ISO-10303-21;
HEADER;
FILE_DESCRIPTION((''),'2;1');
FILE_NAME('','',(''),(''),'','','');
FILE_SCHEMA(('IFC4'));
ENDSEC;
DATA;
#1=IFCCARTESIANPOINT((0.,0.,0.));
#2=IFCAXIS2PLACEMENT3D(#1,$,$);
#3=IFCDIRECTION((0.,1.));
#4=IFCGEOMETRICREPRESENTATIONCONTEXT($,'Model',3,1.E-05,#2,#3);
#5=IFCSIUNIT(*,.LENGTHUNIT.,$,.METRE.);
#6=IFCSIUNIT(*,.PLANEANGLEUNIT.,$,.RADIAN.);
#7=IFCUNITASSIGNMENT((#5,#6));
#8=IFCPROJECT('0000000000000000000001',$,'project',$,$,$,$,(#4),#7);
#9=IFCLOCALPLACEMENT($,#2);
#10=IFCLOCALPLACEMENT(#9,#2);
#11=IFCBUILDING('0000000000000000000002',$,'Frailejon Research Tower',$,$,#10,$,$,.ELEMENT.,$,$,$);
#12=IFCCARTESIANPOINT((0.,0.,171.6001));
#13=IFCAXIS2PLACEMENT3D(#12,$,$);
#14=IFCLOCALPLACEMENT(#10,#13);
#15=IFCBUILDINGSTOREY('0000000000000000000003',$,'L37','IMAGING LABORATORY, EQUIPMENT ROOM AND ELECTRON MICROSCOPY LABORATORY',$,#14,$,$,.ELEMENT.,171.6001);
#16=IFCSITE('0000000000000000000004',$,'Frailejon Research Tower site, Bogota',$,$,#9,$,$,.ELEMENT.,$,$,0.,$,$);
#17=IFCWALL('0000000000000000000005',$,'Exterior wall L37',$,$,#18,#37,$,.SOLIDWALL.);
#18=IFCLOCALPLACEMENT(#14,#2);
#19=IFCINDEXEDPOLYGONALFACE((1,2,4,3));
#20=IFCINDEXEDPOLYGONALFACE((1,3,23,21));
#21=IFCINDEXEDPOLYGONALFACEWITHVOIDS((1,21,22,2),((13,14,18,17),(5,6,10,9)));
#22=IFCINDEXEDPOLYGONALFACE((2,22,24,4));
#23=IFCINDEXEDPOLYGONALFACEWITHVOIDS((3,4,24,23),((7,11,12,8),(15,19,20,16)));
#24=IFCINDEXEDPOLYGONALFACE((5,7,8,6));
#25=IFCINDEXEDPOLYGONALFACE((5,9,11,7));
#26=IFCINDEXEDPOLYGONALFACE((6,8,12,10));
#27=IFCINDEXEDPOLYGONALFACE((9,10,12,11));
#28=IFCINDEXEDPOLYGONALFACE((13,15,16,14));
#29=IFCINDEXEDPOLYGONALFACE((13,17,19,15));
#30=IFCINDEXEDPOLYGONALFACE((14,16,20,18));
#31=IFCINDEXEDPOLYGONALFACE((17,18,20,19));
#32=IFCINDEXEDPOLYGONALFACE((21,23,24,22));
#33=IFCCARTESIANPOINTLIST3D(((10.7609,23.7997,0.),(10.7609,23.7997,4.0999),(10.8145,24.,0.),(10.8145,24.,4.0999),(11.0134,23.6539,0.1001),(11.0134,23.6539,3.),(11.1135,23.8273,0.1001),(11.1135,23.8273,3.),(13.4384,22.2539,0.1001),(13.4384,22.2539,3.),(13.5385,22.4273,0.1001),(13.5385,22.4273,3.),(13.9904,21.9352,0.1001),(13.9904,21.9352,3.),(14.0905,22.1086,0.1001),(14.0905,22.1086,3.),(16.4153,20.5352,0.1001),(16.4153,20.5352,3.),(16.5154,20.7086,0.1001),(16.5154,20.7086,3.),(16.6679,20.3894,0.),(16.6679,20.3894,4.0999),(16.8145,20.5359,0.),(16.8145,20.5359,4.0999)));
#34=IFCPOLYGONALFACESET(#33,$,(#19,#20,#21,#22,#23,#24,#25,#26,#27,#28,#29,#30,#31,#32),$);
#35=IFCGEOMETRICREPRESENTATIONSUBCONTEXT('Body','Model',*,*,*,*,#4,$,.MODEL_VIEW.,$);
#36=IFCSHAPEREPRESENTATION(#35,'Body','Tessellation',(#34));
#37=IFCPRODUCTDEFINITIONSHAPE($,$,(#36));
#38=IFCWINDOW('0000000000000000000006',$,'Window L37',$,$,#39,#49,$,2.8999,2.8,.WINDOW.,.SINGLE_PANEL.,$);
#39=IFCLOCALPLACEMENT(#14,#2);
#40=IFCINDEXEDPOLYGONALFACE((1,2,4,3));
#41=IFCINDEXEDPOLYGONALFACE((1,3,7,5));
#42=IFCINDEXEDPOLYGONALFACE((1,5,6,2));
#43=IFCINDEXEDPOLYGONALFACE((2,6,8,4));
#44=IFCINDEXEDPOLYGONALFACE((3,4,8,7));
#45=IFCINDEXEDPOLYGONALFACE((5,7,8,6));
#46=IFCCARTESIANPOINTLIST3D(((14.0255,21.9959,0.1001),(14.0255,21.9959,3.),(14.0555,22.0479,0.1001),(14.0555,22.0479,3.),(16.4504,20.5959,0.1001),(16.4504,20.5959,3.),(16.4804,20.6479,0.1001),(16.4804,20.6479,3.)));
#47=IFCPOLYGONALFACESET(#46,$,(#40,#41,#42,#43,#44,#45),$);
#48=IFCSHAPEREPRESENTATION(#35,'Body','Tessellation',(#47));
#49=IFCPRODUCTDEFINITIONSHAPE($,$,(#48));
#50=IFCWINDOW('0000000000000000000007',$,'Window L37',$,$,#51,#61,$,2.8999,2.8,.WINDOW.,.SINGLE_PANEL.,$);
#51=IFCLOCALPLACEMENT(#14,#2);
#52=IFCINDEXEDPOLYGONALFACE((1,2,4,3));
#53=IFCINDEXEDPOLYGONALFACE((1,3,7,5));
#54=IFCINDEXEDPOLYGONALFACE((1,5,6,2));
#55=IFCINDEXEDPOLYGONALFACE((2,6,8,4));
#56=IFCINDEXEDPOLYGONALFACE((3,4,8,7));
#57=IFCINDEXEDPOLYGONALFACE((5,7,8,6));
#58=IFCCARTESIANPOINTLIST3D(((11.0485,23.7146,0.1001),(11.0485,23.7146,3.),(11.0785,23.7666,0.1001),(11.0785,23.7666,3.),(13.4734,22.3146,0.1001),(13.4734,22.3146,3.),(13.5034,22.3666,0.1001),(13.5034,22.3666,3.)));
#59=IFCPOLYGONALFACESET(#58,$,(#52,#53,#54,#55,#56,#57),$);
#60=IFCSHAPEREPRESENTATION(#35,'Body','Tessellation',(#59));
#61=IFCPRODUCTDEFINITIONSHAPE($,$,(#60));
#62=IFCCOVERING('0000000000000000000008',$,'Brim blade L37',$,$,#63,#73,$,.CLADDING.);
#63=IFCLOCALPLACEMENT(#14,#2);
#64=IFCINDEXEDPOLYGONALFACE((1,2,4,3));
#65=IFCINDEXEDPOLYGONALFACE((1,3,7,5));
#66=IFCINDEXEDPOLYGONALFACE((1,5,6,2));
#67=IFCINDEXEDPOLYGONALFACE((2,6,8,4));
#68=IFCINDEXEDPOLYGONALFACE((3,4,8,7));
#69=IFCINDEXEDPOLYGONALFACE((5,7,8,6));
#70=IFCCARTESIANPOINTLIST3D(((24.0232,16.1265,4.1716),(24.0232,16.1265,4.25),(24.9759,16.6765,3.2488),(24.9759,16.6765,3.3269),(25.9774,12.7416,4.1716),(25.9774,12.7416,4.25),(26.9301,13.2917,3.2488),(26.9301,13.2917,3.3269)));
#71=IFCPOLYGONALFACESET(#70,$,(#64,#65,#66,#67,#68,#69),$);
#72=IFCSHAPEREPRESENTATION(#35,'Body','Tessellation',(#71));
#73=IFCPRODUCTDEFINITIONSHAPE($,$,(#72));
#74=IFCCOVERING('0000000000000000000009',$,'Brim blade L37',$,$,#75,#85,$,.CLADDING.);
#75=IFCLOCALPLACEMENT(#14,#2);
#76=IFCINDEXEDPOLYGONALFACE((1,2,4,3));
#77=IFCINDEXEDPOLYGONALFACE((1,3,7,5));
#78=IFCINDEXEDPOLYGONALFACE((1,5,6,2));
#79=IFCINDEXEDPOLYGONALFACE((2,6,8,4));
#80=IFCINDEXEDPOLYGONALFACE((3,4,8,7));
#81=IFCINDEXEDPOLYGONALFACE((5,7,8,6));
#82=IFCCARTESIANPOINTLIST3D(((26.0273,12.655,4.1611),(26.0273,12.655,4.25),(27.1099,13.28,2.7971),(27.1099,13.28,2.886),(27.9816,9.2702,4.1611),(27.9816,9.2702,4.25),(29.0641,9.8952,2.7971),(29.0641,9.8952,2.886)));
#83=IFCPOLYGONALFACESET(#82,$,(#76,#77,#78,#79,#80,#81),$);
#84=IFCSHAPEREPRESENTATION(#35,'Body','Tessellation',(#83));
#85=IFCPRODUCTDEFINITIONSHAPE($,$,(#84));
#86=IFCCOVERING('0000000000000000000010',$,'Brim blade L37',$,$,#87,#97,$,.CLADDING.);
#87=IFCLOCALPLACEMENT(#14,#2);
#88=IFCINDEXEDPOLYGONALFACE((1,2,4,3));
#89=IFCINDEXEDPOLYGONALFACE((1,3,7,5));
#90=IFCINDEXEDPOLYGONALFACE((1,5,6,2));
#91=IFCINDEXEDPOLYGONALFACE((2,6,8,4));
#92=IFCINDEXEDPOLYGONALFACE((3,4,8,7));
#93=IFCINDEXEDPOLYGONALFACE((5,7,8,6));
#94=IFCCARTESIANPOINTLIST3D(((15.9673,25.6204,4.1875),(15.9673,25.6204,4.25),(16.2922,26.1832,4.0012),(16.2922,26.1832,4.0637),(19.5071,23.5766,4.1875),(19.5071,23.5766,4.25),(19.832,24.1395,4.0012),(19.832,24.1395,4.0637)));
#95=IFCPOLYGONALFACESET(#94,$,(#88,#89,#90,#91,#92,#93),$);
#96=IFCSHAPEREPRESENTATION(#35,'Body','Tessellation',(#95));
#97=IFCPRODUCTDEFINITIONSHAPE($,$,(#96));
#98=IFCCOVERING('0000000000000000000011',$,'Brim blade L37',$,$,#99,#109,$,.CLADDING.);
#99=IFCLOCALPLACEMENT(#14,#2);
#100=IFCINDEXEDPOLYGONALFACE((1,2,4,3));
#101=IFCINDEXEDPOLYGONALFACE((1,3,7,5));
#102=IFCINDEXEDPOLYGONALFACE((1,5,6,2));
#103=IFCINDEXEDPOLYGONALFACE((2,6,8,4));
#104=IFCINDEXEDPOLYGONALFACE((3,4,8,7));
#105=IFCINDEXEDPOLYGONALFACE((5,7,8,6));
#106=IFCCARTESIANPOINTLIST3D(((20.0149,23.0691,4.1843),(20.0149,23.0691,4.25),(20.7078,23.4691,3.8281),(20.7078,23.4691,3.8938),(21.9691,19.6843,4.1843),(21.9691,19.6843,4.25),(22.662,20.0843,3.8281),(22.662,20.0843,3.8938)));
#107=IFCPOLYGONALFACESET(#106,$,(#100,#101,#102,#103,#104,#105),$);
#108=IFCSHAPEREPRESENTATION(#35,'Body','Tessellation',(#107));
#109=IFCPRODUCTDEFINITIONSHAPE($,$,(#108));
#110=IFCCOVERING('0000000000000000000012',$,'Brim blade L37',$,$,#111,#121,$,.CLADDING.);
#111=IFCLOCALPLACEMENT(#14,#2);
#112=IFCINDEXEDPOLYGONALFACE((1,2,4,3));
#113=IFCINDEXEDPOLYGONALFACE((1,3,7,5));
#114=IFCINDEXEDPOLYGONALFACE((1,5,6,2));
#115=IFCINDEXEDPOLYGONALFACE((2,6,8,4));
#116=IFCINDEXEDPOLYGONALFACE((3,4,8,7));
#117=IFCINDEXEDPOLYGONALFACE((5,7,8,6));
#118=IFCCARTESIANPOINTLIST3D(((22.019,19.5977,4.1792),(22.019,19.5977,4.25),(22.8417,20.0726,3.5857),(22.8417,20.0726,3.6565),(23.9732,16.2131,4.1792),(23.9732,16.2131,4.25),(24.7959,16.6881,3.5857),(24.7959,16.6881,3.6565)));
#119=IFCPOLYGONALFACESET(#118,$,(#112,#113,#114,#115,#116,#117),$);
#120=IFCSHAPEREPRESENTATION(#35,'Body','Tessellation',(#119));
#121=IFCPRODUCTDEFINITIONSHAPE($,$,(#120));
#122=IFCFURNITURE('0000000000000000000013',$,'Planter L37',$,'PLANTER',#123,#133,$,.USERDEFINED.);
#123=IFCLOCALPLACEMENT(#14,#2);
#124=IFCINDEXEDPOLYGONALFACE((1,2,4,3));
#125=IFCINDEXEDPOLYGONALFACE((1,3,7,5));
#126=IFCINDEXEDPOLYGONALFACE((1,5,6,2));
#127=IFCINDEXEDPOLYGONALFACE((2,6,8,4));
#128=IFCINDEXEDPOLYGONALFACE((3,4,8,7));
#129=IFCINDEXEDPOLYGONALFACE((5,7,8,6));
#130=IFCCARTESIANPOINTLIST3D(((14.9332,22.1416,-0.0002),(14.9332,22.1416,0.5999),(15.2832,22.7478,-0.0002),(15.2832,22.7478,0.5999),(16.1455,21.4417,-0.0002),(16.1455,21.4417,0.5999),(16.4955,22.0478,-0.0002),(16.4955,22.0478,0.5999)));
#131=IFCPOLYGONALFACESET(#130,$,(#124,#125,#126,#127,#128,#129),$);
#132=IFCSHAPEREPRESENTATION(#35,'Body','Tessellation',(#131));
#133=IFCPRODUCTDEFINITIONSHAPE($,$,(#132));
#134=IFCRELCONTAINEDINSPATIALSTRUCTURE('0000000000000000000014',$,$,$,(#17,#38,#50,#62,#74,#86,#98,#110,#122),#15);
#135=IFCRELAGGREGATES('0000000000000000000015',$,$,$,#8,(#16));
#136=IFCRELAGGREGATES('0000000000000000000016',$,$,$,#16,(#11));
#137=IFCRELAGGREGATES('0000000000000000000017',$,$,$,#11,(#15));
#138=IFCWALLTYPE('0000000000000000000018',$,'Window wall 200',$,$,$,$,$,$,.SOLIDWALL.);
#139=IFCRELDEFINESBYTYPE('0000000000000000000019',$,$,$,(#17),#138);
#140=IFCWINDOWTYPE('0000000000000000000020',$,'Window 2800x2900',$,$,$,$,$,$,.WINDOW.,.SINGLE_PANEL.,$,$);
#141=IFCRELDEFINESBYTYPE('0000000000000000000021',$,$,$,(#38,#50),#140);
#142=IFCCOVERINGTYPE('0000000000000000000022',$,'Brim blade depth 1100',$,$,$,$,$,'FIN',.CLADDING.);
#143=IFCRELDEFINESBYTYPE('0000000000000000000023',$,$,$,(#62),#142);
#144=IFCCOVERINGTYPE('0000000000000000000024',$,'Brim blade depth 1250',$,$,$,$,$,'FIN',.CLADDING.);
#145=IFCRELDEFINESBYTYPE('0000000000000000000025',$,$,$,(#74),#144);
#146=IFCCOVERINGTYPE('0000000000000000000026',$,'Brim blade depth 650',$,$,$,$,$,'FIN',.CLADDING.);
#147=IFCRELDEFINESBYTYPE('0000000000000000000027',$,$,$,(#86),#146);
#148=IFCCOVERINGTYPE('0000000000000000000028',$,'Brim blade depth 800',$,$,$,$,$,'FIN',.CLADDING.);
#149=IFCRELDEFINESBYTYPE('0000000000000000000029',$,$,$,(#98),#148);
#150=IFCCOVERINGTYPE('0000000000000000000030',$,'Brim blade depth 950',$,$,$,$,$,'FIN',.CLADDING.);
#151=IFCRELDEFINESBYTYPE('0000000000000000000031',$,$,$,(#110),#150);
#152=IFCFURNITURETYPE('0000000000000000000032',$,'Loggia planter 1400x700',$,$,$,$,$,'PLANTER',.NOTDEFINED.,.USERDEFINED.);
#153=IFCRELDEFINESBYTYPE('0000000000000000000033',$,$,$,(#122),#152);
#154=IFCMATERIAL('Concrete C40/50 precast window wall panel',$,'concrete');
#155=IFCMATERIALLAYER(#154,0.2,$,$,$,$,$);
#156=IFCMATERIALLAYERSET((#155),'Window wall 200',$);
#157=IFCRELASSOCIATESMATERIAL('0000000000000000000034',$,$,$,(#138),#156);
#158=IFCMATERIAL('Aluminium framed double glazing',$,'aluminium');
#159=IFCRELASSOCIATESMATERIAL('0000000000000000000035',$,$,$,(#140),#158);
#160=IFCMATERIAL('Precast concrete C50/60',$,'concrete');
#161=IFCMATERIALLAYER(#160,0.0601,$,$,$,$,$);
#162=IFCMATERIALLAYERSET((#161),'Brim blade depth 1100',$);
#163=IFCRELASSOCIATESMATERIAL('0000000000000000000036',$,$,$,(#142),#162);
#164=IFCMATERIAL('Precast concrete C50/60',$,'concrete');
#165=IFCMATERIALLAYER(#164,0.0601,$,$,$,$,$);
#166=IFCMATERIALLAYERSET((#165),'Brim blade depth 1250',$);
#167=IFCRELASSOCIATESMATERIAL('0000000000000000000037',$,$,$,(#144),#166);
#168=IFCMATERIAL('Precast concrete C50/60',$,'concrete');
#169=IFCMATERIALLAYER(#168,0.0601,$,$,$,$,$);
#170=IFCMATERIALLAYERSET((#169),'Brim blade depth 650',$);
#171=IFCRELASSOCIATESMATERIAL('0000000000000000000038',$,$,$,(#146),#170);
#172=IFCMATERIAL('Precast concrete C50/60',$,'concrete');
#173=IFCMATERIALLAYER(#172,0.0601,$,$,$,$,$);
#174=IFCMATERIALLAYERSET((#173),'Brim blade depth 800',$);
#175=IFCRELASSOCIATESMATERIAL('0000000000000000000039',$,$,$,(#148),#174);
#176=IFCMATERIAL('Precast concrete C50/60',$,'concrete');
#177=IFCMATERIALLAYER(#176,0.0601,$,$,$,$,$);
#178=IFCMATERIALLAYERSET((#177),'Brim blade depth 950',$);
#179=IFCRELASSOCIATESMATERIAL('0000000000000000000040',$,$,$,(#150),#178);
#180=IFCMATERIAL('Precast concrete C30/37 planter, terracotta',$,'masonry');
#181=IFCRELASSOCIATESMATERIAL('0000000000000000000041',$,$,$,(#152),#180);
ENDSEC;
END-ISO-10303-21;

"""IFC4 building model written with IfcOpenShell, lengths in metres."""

from ifc_helpers import new_model, si_unit, direction, frame, frame_2d, origin, origin_2d, place, context, subcontext, project, spatial, polyline, rectangle, outline, extrude, material, layer, layer_set, type_object, element, fill, save


model = new_model("IFC4")

# Units and contexts
model_context = context("Model", 3, precision=1e-05, world=origin(), true_north=direction((0.0, 1.0)))
body_context = subcontext(model_context, "Body", "Model", "MODEL_VIEW")
ifc_project = project(units=[si_unit("LENGTHUNIT", "METRE"), si_unit("PLANEANGLEUNIT", "RADIAN")], contexts=[model_context])

# Site, building, storey
site_placement = place(None, origin())
site = spatial("IfcSite", under=ifc_project, at=site_placement, Name="Frailejon Research Tower site, Bogota", CompositionType="ELEMENT", RefElevation=0.0)
building_placement = place(site_placement, origin())
building = spatial("IfcBuilding", under=site, at=building_placement, Name="Frailejon Research Tower", CompositionType="ELEMENT")
storey_placement = place(building_placement, frame((0.0, 0.0, 171.6001)))
storey = spatial("IfcBuildingStorey", under=building, at=storey_placement, Name="L37", Description="IMAGING LABORATORY, EQUIPMENT ROOM AND ELECTRON MICROSCOPY LABORATORY", CompositionType="ELEMENT", Elevation=171.6001)

# Wall, openings, windows
ifc_material_1 = material(Name="Concrete C40/50 precast window wall panel", Category="concrete")
ifc_layer_1 = layer(ifc_material_1, 0.2)
ifc_layer_set_1 = layer_set([ifc_layer_1], Name="Window wall 200")
wall_type = type_object("IfcWallType", Name="Window wall 200", PredefinedType="SOLIDWALL", material=ifc_layer_set_1)
wall_placement = place(storey_placement, frame((16.7412, 20.4626, 0.0), z_axis=(0.0, 0.0, 1.0), x_axis=(-0.866029, 0.499993, 0.0)))
wall = element("IfcWall", 1, at=wall_placement, inside=storey, type_object=wall_type, Name="Exterior wall L37", PredefinedType="SOLIDWALL", context=body_context, shape_type="SweptSolid", body=[
    extrude(outline(polyline([(-0.0269, -0.1001), (1.1279, -0.1001), (2.2825, -0.1001), (3.4373, -0.1001), (4.592, -0.1001), (5.7466, -0.1001), (6.9014, -0.1001), (6.8477, 0.1001), (5.7109, 0.1001), (4.574, 0.1001), (3.4373, 0.1001), (2.3005, 0.1001), (1.1636, 0.1001), (0.0269, 0.1001), (-0.0269, -0.1001)])), origin(), (0.0, 0.0, 1.0), 4.0999),
])
opening_1_placement = place(wall_placement, frame((0.3186, 0.0, 0.1001)))
opening_1 = element("IfcOpeningElement", 2, at=opening_1_placement, cuts=wall, PredefinedType="OPENING", context=body_context, shape_type="SweptSolid", body=[
    extrude(rectangle(XDim=2.8, YDim=2.8999, at=frame_2d((1.3999, 1.45))), frame((0.0, 0.1099, 0.0), z_axis=(0.0, -1.0, 0.0), x_axis=(1.0, 0.0, 0.0)), (0.0, 0.0, 1.0), 0.22),
])
opening_2_placement = place(wall_placement, frame((3.7561, 0.0, 0.1001)))
opening_2 = element("IfcOpeningElement", 3, at=opening_2_placement, cuts=wall, PredefinedType="OPENING", context=body_context, shape_type="SweptSolid", body=[
    extrude(rectangle(XDim=2.8, YDim=2.8999, at=frame_2d((1.3999, 1.45))), frame((0.0, 0.1099, 0.0), z_axis=(0.0, -1.0, 0.0), x_axis=(1.0, 0.0, 0.0)), (0.0, 0.0, 1.0), 0.22),
])
ifc_material_2 = material(Name="Aluminium framed double glazing", Category="aluminium")
window_type = type_object("IfcWindowType", Name="Window 2800x2900", PartitioningType="SINGLE_PANEL", PredefinedType="WINDOW", material=ifc_material_2)
window_1_placement = place(opening_1_placement, origin())
window_1 = element("IfcWindow", 4, at=window_1_placement, inside=storey, type_object=window_type, Name="Window L37", OverallHeight=2.8999, OverallWidth=2.8, PartitioningType="SINGLE_PANEL", PredefinedType="WINDOW", context=body_context, shape_type="SweptSolid", body=[
    extrude(rectangle(XDim=2.8, YDim=2.8999, at=frame_2d((1.3999, 1.45))), frame((0.0, 0.03, 0.0), z_axis=(0.0, -1.0, 0.0), x_axis=(1.0, 0.0, 0.0)), (0.0, 0.0, 1.0), 0.0601),
])
fill(opening_1, window_1)
window_2_placement = place(opening_2_placement, origin())
window_2 = element("IfcWindow", 5, at=window_2_placement, inside=storey, type_object=window_type, Name="Window L37", OverallHeight=2.8999, OverallWidth=2.8, PartitioningType="SINGLE_PANEL", PredefinedType="WINDOW", context=body_context, shape_type="SweptSolid", body=[
    extrude(rectangle(XDim=2.8, YDim=2.8999, at=frame_2d((1.3999, 1.45))), frame((0.0, 0.03, 0.0), z_axis=(0.0, -1.0, 0.0), x_axis=(1.0, 0.0, 0.0)), (0.0, 0.0, 1.0), 0.0601),
])
fill(opening_2, window_2)

# Coverings
ifc_material_3 = material(Name="Precast concrete C50/60", Category="concrete")
ifc_layer_2 = layer(ifc_material_3, 0.0601)
ifc_layer_set_2 = layer_set([ifc_layer_2], Name="Brim blade depth 1100")
covering_type_1 = type_object("IfcCoveringType", Name="Brim blade depth 1100", ElementType="FIN", PredefinedType="CLADDING", material=ifc_layer_set_2)
covering_1_placement = place(storey_placement, frame((24.0232, 16.1265, 4.25), z_axis=(0.499997, -0.866027, 0.0), x_axis=(0.866027, 0.499997, 0.0)))
element("IfcCovering", 6, at=covering_1_placement, inside=storey, type_object=covering_type_1, Name="Brim blade L37", PredefinedType="CLADDING", context=body_context, shape_type="SweptSolid", body=[
    extrude(outline(polyline([(0.0, -0.0784), (1.1001, -1.0012), (1.1001, -0.9231), (0.0, 0.0), (0.0, -0.0784)])), origin(), (0.0, 0.0, 1.0), 3.9084),
])
ifc_material_4 = material(Name="Precast concrete C50/60", Category="concrete")
ifc_layer_3 = layer(ifc_material_4, 0.0601)
ifc_layer_set_3 = layer_set([ifc_layer_3], Name="Brim blade depth 1250")
covering_type_2 = type_object("IfcCoveringType", Name="Brim blade depth 1250", ElementType="FIN", PredefinedType="CLADDING", material=ifc_layer_set_3)
covering_2_placement = place(storey_placement, frame((26.0273, 12.655, 4.25), z_axis=(0.499997, -0.866027, 0.0), x_axis=(0.866027, 0.499997, 0.0)))
element("IfcCovering", 7, at=covering_2_placement, inside=storey, type_object=covering_type_2, Name="Brim blade L37", PredefinedType="CLADDING", context=body_context, shape_type="SweptSolid", body=[
    extrude(outline(polyline([(0.0, -0.0889), (1.25, -1.4529), (1.25, -1.364), (0.0, 0.0), (0.0, -0.0889)])), origin(), (0.0, 0.0, 1.0), 3.9084),
])
ifc_material_5 = material(Name="Precast concrete C50/60", Category="concrete")
ifc_layer_4 = layer(ifc_material_5, 0.0601)
ifc_layer_set_4 = layer_set([ifc_layer_4], Name="Brim blade depth 650")
covering_type_3 = type_object("IfcCoveringType", Name="Brim blade depth 650", ElementType="FIN", PredefinedType="CLADDING", material=ifc_layer_set_4)
covering_3_placement = place(storey_placement, frame((15.9673, 25.6204, 4.25), z_axis=(0.866021, -0.500007, 0.0), x_axis=(0.500007, 0.866021, 0.0)))
element("IfcCovering", 8, at=covering_3_placement, inside=storey, type_object=covering_type_3, Name="Brim blade L37", PredefinedType="CLADDING", context=body_context, shape_type="SweptSolid", body=[
    extrude(outline(polyline([(0.0, -0.0625), (0.6499, -0.2488), (0.6499, -0.1863), (0.0, 0.0), (0.0, -0.0625)])), origin(), (0.0, 0.0, 1.0), 4.0874),
])
ifc_material_6 = material(Name="Precast concrete C50/60", Category="concrete")
ifc_layer_5 = layer(ifc_material_6, 0.0601)
ifc_layer_set_5 = layer_set([ifc_layer_5], Name="Brim blade depth 800")
covering_type_4 = type_object("IfcCoveringType", Name="Brim blade depth 800", ElementType="FIN", PredefinedType="CLADDING", material=ifc_layer_set_5)
covering_4_placement = place(storey_placement, frame((20.0149, 23.0691, 4.25), z_axis=(0.499997, -0.866027, 0.0), x_axis=(0.866027, 0.499997, 0.0)))
element("IfcCovering", 9, at=covering_4_placement, inside=storey, type_object=covering_type_4, Name="Brim blade L37", PredefinedType="CLADDING", context=body_context, shape_type="SweptSolid", body=[
    extrude(outline(polyline([(0.0, -0.0657), (0.8, -0.4219), (0.8, -0.3562), (0.0, 0.0), (0.0, -0.0657)])), origin(), (0.0, 0.0, 1.0), 3.9084),
])
ifc_material_7 = material(Name="Precast concrete C50/60", Category="concrete")
ifc_layer_6 = layer(ifc_material_7, 0.0601)
ifc_layer_set_6 = layer_set([ifc_layer_6], Name="Brim blade depth 950")
covering_type_5 = type_object("IfcCoveringType", Name="Brim blade depth 950", ElementType="FIN", PredefinedType="CLADDING", material=ifc_layer_set_6)
covering_5_placement = place(storey_placement, frame((22.019, 19.5977, 4.25), z_axis=(0.500008, -0.866021, 0.0), x_axis=(0.866021, 0.500008, 0.0)))
element("IfcCovering", 10, at=covering_5_placement, inside=storey, type_object=covering_type_5, Name="Brim blade L37", PredefinedType="CLADDING", context=body_context, shape_type="SweptSolid", body=[
    extrude(outline(polyline([(0.0, -0.0708), (0.95, -0.6643), (0.95, -0.5935), (0.0, 0.0), (0.0, -0.0708)])), origin(), (0.0, 0.0, 1.0), 3.9082),
])

# Furniture
ifc_material_8 = material(Name="Precast concrete C30/37 planter, terracotta", Category="masonry")
furniture_type = type_object("IfcFurnitureType", Name="Loggia planter 1400x700", ElementType="PLANTER", AssemblyPlace="NOTDEFINED", PredefinedType="USERDEFINED", material=ifc_material_8)
furniture_placement = place(storey_placement, frame((15.7144, 22.0947, -0.0002), z_axis=(0.0, 0.0, 1.0), x_axis=(-0.866025, 0.5, 0.0)))
element("IfcFurniture", 11, at=furniture_placement, inside=storey, type_object=furniture_type, Name="Planter L37", ObjectType="PLANTER", PredefinedType="USERDEFINED", context=body_context, shape_type="SweptSolid", body=[
    extrude(rectangle(XDim=1.3999, YDim=0.7, at=origin_2d()), origin(), (0.0, 0.0, 1.0), 0.6001),
])

save(model, "model.ifc")
